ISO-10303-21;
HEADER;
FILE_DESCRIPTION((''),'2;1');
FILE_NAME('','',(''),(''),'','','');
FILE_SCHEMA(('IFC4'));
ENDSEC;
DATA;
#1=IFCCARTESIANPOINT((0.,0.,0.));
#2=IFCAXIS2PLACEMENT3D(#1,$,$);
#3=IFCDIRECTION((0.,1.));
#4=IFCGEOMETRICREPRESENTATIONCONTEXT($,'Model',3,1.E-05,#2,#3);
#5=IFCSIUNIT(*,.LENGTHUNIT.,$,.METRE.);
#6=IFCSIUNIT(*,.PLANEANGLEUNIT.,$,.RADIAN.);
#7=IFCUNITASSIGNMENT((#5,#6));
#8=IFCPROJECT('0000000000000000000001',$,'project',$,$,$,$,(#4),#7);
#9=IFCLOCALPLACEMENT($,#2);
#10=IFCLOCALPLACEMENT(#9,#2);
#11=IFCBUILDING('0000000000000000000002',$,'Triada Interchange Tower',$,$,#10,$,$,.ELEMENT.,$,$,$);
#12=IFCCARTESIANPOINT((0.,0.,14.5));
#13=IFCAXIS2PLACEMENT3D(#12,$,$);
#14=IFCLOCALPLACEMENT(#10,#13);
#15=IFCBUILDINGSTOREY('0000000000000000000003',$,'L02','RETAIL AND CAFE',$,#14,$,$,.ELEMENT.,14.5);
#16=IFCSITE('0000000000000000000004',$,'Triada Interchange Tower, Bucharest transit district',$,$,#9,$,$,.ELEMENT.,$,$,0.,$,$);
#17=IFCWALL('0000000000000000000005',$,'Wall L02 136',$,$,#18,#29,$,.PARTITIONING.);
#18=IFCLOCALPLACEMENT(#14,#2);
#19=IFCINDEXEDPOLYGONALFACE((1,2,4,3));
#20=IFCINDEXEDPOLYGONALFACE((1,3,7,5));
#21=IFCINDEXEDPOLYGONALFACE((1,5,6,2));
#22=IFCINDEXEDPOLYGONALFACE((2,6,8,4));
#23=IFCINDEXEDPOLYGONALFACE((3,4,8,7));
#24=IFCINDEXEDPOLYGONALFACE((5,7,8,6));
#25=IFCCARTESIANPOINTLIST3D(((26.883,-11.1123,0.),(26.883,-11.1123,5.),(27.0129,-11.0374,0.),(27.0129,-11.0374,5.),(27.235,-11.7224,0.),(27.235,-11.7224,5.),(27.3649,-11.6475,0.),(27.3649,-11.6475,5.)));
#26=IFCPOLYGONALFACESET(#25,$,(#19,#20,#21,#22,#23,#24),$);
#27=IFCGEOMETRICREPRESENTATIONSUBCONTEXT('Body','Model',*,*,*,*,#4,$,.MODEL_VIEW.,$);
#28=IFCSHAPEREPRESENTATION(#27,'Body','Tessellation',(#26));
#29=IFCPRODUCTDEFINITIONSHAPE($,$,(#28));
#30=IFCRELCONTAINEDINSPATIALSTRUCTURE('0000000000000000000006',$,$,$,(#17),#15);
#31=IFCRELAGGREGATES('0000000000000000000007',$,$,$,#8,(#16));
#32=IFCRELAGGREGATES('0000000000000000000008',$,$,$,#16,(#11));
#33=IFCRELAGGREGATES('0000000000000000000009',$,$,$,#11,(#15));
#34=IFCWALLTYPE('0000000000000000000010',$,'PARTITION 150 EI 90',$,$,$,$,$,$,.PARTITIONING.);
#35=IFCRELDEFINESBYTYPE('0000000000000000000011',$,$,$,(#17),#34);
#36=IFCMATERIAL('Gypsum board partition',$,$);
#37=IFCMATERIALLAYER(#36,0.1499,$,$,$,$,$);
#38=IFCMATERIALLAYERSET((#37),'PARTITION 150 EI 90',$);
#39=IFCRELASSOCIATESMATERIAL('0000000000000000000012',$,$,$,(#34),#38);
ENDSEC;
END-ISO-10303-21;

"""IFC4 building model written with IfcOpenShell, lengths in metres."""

from ifc_helpers import new_model, si_unit, direction, frame, frame_2d, origin, place, context, subcontext, project, spatial, rectangle, extrude, material, layer, layer_set, type_object, element, save


model = new_model("IFC4")

# Units and contexts
model_context = context("Model", 3, precision=1e-05, world=origin(), true_north=direction((0.0, 1.0)))
body_context = subcontext(model_context, "Body", "Model", "MODEL_VIEW")
ifc_project = project(units=[si_unit("LENGTHUNIT", "METRE"), si_unit("PLANEANGLEUNIT", "RADIAN")], contexts=[model_context])

# Site, building, storey
site_placement = place(None, origin())
site = spatial("IfcSite", under=ifc_project, at=site_placement, Name="Triada Interchange Tower, Bucharest transit district", CompositionType="ELEMENT", RefElevation=0.0)
building_placement = place(site_placement, origin())
building = spatial("IfcBuilding", under=site, at=building_placement, Name="Triada Interchange Tower", CompositionType="ELEMENT")
storey_placement = place(building_placement, frame((0.0, 0.0, 14.5)))
storey = spatial("IfcBuildingStorey", under=building, at=storey_placement, Name="L02", Description="RETAIL AND CAFE", CompositionType="ELEMENT", Elevation=14.5)

# Shared definitions
ifc_material_1 = material(Name="Gypsum board partition")
ifc_layer_1 = layer(ifc_material_1, 0.1499)
ifc_layer_set_1 = layer_set([ifc_layer_1], Name="PARTITION 150 EI 90")
wall_type = type_object("IfcWallType", Name="PARTITION 150 EI 90", PredefinedType="PARTITIONING", material=ifc_layer_set_1)

# Wall
wall_1_placement = place(storey_placement, frame((26.948, -11.075, 0.0), z_axis=(0.0, 0.0, 1.0), x_axis=(0.499792, -0.866145, 0.0)))
element("IfcWall", 1, at=wall_1_placement, inside=storey, type_object=wall_type, Name="Wall L02 136", PredefinedType="PARTITIONING", context=body_context, shape_type="SweptSolid", body=[
    extrude(rectangle(XDim=0.7043, YDim=0.1499, at=frame_2d((0.3521, 0.0))), origin(), (0.0, 0.0, 1.0), 5.0),
])

save(model, "model.ifc")
